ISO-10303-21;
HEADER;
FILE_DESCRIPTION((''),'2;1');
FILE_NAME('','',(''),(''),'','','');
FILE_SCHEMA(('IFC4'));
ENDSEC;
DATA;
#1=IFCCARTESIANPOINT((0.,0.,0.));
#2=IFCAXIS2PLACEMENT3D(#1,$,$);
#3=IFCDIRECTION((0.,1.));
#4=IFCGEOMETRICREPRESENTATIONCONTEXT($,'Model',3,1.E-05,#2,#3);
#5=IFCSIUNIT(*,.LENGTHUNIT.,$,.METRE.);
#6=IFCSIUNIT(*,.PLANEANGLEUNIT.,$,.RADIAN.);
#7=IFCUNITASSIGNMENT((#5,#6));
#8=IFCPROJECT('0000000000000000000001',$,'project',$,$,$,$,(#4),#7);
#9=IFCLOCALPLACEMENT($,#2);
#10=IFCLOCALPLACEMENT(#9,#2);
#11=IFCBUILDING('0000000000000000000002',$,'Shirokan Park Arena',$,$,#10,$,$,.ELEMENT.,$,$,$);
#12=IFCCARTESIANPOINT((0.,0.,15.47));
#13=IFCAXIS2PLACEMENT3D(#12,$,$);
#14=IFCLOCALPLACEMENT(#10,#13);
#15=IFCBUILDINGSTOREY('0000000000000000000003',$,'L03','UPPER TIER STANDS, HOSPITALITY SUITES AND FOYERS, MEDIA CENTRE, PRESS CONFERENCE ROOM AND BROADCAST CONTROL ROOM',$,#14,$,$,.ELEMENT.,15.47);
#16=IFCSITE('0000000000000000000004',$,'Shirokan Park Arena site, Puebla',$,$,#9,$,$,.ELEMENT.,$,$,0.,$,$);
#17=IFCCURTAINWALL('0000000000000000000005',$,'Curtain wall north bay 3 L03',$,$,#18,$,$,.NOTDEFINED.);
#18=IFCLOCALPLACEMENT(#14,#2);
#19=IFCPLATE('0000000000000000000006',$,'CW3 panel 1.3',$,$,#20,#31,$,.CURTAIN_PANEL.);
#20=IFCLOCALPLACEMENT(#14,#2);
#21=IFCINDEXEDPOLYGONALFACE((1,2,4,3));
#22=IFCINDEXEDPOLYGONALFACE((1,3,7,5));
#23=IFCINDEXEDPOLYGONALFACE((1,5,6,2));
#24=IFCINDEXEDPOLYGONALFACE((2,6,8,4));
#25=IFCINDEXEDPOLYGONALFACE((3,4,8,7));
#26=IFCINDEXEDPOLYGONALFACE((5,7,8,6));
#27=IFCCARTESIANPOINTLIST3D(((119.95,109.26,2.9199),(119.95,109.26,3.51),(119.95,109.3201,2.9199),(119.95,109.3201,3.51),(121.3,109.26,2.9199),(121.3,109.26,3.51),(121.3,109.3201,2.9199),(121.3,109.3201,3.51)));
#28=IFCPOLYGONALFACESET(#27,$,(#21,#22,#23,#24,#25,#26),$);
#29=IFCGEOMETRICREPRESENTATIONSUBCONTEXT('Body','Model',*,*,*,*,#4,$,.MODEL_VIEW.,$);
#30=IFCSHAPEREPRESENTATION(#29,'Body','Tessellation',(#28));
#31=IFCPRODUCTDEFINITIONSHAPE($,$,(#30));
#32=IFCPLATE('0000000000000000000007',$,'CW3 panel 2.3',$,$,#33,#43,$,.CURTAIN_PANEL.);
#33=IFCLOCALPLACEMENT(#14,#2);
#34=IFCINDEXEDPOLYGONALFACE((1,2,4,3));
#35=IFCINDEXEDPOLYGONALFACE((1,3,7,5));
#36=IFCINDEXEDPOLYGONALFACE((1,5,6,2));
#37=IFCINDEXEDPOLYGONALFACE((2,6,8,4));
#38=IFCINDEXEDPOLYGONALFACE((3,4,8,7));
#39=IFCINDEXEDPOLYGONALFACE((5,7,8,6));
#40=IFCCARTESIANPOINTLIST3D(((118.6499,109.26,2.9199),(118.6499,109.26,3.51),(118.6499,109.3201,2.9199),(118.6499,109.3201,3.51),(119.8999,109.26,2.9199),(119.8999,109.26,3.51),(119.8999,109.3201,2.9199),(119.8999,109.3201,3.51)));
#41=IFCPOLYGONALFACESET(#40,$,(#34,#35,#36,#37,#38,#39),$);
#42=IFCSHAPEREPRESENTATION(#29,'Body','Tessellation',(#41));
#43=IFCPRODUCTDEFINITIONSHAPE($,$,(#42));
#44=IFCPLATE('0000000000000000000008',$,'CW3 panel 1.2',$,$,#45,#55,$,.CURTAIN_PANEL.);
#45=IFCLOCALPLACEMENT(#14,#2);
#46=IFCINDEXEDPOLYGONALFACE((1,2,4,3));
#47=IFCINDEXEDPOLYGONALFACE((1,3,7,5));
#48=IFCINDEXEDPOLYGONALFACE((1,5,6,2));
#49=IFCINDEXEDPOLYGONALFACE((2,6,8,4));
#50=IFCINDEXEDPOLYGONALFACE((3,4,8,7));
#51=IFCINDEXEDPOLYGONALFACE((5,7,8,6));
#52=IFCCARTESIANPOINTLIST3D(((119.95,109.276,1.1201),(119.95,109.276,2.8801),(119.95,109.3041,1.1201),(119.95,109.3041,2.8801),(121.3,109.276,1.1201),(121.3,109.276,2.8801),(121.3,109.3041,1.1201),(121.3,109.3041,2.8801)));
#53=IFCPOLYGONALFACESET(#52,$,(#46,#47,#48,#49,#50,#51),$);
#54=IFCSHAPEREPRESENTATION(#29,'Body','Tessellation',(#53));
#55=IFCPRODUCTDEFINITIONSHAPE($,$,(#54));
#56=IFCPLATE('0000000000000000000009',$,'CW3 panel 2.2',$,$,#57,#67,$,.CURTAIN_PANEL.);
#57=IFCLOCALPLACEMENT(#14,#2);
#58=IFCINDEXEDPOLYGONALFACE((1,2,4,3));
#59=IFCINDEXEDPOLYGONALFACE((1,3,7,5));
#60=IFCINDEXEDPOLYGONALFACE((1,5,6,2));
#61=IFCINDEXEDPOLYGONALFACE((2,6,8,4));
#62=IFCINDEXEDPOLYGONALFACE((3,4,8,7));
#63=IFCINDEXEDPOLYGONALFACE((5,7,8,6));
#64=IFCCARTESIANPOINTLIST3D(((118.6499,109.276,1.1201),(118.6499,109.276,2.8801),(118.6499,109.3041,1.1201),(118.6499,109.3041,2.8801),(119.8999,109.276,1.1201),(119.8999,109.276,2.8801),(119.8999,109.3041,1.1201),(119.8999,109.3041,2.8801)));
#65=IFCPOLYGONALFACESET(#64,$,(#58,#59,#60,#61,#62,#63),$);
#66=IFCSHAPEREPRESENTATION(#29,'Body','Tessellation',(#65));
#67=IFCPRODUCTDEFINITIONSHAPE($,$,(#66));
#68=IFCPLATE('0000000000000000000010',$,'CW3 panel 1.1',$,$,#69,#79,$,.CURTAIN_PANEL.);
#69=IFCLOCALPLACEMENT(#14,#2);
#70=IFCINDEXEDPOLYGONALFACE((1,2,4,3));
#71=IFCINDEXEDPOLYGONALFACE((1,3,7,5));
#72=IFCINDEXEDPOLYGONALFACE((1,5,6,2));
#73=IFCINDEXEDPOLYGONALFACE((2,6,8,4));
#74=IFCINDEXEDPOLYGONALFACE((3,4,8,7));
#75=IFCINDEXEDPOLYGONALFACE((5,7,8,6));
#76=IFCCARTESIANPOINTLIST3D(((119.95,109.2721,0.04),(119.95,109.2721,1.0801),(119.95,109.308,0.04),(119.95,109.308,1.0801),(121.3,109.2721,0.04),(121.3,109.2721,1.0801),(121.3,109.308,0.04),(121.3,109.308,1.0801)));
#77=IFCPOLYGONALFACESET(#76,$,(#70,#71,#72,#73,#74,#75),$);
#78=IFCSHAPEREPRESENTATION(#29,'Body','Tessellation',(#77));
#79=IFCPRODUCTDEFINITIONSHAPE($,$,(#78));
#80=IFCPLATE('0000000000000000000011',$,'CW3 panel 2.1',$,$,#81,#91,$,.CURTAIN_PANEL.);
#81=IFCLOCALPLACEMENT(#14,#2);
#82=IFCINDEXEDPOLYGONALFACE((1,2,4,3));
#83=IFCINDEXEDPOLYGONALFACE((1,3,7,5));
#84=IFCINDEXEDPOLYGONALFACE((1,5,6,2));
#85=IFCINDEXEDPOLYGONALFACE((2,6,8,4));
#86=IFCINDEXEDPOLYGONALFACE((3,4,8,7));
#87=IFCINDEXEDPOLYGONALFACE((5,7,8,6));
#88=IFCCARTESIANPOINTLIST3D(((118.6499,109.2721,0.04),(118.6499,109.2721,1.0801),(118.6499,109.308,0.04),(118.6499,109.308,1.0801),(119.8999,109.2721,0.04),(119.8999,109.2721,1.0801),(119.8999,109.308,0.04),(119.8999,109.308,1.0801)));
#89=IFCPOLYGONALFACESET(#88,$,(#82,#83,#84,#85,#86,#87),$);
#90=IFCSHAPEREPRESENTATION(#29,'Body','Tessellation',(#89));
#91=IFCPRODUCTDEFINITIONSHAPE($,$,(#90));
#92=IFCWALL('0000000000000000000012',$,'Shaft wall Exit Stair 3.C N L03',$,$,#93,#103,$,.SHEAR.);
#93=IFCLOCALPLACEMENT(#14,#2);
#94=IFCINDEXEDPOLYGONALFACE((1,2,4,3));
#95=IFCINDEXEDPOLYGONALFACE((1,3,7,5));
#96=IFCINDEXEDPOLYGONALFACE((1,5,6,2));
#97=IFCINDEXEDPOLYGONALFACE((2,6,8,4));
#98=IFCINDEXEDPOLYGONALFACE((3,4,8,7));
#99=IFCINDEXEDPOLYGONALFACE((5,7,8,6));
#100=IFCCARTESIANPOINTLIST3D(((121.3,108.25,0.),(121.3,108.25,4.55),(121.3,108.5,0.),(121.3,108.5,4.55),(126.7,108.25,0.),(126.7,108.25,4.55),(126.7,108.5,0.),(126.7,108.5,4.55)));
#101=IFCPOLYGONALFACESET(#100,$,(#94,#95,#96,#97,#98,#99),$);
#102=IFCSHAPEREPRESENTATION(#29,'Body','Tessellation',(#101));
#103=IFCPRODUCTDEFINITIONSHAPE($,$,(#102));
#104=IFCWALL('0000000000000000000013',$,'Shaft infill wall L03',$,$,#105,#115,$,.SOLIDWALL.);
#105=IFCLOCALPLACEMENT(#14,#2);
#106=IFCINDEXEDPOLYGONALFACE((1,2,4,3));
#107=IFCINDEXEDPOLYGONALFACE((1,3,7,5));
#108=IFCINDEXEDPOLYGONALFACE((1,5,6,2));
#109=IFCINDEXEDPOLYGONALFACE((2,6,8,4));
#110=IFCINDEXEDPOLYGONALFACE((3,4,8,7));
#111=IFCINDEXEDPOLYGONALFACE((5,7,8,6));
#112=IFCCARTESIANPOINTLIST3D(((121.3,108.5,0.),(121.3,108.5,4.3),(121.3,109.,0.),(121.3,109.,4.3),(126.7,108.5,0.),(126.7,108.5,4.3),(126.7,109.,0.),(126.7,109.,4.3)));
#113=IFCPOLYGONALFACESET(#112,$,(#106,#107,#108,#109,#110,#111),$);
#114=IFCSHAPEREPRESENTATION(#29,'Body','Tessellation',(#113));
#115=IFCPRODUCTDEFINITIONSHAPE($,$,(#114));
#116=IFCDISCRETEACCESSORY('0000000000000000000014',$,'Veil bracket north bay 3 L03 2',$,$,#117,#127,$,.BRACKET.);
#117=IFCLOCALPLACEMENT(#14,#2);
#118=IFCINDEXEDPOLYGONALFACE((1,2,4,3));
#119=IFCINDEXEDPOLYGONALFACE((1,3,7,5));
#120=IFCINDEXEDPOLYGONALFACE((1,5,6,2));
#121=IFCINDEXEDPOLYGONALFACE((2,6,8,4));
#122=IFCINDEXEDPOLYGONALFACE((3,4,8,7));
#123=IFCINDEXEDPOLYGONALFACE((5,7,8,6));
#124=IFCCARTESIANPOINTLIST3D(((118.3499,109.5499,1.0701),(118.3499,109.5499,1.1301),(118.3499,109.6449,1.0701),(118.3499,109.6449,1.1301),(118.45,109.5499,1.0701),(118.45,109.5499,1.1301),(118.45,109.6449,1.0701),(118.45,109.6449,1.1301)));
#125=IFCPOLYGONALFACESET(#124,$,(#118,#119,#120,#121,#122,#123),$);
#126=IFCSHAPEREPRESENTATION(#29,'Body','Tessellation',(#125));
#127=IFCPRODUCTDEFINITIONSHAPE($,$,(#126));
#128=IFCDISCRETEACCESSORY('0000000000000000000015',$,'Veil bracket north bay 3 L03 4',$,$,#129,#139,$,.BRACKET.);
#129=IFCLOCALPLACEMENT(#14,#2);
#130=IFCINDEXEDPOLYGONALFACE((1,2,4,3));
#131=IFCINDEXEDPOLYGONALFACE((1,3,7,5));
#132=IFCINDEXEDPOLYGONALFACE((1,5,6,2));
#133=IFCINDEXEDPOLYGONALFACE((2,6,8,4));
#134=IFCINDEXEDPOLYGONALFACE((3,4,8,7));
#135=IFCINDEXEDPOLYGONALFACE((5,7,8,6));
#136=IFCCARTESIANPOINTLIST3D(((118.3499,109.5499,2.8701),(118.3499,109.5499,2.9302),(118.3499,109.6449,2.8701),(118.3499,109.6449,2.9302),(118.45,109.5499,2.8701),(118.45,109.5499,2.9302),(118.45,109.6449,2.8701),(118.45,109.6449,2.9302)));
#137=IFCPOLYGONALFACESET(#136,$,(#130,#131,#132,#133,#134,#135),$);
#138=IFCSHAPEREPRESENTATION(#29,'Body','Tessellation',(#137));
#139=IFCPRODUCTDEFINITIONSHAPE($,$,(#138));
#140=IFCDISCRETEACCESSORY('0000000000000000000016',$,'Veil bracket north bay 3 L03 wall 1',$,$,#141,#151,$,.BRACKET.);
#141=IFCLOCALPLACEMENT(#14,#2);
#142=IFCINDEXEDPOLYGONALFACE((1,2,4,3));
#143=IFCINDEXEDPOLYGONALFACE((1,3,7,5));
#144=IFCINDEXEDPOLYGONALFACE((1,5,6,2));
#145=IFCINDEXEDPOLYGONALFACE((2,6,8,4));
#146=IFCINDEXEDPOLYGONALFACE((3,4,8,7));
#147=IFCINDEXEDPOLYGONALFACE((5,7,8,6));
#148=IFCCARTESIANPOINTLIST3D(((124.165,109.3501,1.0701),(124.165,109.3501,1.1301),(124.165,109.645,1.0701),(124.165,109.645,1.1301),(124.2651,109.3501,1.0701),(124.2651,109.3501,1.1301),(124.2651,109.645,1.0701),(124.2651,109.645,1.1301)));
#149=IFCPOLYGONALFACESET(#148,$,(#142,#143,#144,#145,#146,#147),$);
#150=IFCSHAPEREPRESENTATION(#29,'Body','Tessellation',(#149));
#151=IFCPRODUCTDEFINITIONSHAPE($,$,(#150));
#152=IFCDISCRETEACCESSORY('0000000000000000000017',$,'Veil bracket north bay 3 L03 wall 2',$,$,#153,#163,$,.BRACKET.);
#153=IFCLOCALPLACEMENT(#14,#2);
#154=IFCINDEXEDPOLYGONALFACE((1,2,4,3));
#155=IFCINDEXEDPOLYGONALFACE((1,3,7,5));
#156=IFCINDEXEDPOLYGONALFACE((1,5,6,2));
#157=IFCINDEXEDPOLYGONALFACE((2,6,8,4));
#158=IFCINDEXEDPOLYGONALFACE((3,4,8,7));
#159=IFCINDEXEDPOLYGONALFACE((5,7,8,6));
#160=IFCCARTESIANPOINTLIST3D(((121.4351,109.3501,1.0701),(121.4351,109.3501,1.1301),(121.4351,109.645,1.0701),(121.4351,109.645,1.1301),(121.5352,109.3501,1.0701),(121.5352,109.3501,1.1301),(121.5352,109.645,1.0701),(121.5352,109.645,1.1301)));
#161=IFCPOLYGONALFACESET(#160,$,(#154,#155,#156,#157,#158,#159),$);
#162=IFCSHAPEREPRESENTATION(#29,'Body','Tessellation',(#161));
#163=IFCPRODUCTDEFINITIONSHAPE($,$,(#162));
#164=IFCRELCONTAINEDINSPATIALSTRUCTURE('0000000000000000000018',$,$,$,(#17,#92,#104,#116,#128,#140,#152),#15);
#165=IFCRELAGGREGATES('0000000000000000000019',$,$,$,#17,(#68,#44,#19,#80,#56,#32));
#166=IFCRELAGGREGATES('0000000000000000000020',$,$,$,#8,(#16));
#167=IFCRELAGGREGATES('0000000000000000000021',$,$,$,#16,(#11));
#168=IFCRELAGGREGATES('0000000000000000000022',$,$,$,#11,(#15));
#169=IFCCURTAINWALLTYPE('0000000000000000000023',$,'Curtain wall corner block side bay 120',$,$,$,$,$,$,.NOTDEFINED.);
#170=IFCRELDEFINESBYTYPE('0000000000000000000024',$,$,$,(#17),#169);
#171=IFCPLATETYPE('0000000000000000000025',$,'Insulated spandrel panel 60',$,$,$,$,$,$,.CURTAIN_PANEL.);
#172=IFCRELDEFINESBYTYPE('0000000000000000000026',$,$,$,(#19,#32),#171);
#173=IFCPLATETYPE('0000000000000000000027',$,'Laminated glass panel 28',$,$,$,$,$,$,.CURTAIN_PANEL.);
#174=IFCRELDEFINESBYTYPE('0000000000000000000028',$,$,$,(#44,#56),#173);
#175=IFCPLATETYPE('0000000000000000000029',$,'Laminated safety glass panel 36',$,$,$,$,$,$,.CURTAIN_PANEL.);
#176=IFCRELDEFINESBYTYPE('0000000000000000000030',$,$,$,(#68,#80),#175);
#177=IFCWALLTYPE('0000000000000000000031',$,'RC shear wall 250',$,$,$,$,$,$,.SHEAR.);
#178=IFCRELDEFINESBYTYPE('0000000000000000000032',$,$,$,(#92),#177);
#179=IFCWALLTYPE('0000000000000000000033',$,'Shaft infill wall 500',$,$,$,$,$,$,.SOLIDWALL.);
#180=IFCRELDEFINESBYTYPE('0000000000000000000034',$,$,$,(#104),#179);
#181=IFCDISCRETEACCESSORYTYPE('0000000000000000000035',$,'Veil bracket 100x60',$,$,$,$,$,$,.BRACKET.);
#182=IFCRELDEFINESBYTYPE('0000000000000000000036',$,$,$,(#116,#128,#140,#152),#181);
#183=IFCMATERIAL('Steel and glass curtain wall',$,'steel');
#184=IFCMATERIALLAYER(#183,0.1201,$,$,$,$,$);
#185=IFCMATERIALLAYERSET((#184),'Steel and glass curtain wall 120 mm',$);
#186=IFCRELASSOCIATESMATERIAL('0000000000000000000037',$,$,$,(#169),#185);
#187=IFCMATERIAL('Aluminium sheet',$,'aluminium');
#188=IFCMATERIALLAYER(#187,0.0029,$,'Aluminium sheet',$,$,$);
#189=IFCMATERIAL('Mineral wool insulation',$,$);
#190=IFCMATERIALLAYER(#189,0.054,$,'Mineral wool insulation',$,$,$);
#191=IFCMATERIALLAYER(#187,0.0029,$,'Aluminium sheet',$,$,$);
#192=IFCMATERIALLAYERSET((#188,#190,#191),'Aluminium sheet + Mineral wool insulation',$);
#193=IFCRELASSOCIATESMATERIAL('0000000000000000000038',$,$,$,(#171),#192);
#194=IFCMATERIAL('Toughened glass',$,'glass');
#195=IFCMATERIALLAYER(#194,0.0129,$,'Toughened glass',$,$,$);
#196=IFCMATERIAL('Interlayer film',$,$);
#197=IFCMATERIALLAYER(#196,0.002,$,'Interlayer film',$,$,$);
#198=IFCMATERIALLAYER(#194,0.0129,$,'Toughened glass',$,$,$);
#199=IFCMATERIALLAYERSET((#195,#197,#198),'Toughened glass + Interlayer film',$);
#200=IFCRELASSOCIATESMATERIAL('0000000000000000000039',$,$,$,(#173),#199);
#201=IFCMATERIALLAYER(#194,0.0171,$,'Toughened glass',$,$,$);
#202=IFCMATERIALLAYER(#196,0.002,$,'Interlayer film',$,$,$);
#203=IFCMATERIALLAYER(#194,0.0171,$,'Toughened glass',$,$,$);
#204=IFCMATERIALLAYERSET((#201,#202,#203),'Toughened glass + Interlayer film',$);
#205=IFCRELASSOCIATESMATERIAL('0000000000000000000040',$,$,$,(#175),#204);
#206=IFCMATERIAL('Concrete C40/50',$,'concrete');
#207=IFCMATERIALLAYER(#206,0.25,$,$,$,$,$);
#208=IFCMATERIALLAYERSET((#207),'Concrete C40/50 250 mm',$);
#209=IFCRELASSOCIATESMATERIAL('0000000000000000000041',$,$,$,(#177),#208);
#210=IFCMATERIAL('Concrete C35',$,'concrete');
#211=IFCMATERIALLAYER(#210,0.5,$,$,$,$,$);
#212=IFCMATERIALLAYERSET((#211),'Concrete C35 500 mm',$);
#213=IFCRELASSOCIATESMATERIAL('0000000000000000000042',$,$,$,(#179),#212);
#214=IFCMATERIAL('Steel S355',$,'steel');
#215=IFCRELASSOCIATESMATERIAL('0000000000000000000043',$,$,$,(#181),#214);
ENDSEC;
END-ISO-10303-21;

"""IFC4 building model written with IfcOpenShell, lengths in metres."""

from ifc_helpers import new_model, si_unit, direction, frame, frame_2d, origin, origin_2d, place, context, subcontext, project, spatial, rectangle, extrude, material, layer, layer_set, type_object, element, aggregate, save


model = new_model("IFC4")

# Units and contexts
model_context = context("Model", 3, precision=1e-05, world=origin(), true_north=direction((0.0, 1.0)))
body_context = subcontext(model_context, "Body", "Model", "MODEL_VIEW")
ifc_project = project(units=[si_unit("LENGTHUNIT", "METRE"), si_unit("PLANEANGLEUNIT", "RADIAN")], contexts=[model_context])

# Site, building, storey
site_placement = place(None, origin())
site = spatial("IfcSite", under=ifc_project, at=site_placement, Name="Shirokan Park Arena site, Puebla", CompositionType="ELEMENT", RefElevation=0.0)
building_placement = place(site_placement, origin())
building = spatial("IfcBuilding", under=site, at=building_placement, Name="Shirokan Park Arena", CompositionType="ELEMENT")
storey_placement = place(building_placement, frame((0.0, 0.0, 15.47)))
storey = spatial("IfcBuildingStorey", under=building, at=storey_placement, Name="L03", Description="UPPER TIER STANDS, HOSPITALITY SUITES AND FOYERS, MEDIA CENTRE, PRESS CONFERENCE ROOM AND BROADCAST CONTROL ROOM", CompositionType="ELEMENT", Elevation=15.47)

# Curtain wall
ifc_material_1 = material(Name="Steel and glass curtain wall", Category="steel")
ifc_layer_1 = layer(ifc_material_1, 0.1201)
ifc_layer_set_1 = layer_set([ifc_layer_1], Name="Steel and glass curtain wall 120 mm")
curtain_wall_type = type_object("IfcCurtainWallType", Name="Curtain wall corner block side bay 120", PredefinedType="NOTDEFINED", material=ifc_layer_set_1)
curtain_wall_placement = place(storey_placement, origin())
curtain_wall = element("IfcCurtainWall", 1, at=curtain_wall_placement, inside=storey, type_object=curtain_wall_type, Name="Curtain wall north bay 3 L03", PredefinedType="NOTDEFINED")
ifc_material_2 = material(Name="Steel S355", Category="steel")

# Shared definitions
ifc_material_3 = material(Name="Concrete C35", Category="concrete")

# Plates
ifc_material_4 = material(Name="Aluminium sheet", Category="aluminium")
ifc_layer_2 = layer(ifc_material_4, 0.0029, Name="Aluminium sheet")
ifc_material_5 = material(Name="Mineral wool insulation")
ifc_layer_3 = layer(ifc_material_5, 0.054, Name="Mineral wool insulation")
ifc_layer_4 = layer(ifc_material_4, 0.0029, Name="Aluminium sheet")
ifc_layer_set_2 = layer_set([ifc_layer_2, ifc_layer_3, ifc_layer_4], Name="Aluminium sheet + Mineral wool insulation")
plate_type_1 = type_object("IfcPlateType", Name="Insulated spandrel panel 60", PredefinedType="CURTAIN_PANEL", material=ifc_layer_set_2)
plate_1_placement = place(storey_placement, frame((120.625, 109.29, 2.9199), z_axis=(0.0, 0.0, 1.0), x_axis=(-1.0, 0.0, 0.0)))
plate_1 = element("IfcPlate", 2, at=plate_1_placement, type_object=plate_type_1, Name="CW3 panel 1.3", PredefinedType="CURTAIN_PANEL", context=body_context, shape_type="SweptSolid", body=[
    extrude(rectangle(XDim=1.3501, YDim=0.0601, at=origin_2d()), origin(), (0.0, 0.0, 1.0), 0.5901),
])
plate_2_placement = place(storey_placement, frame((119.2749, 109.29, 2.9199), z_axis=(0.0, 0.0, 1.0), x_axis=(-1.0, 0.0, 0.0)))
plate_2 = element("IfcPlate", 3, at=plate_2_placement, type_object=plate_type_1, Name="CW3 panel 2.3", PredefinedType="CURTAIN_PANEL", context=body_context, shape_type="SweptSolid", body=[
    extrude(rectangle(XDim=1.25, YDim=0.0601, at=origin_2d()), origin(), (0.0, 0.0, 1.0), 0.5901),
])
ifc_material_6 = material(Name="Toughened glass", Category="glass")
ifc_layer_5 = layer(ifc_material_6, 0.0129, Name="Toughened glass")
ifc_material_7 = material(Name="Interlayer film")
ifc_layer_6 = layer(ifc_material_7, 0.002, Name="Interlayer film")
ifc_layer_7 = layer(ifc_material_6, 0.0129, Name="Toughened glass")
ifc_layer_set_3 = layer_set([ifc_layer_5, ifc_layer_6, ifc_layer_7], Name="Toughened glass + Interlayer film")
plate_type_2 = type_object("IfcPlateType", Name="Laminated glass panel 28", PredefinedType="CURTAIN_PANEL", material=ifc_layer_set_3)
plate_3_placement = place(storey_placement, frame((120.625, 109.29, 1.1201), z_axis=(0.0, 0.0, 1.0), x_axis=(-1.0, 0.0, 0.0)))
plate_3 = element("IfcPlate", 4, at=plate_3_placement, type_object=plate_type_2, Name="CW3 panel 1.2", PredefinedType="CURTAIN_PANEL", context=body_context, shape_type="SweptSolid", body=[
    extrude(rectangle(XDim=1.3501, YDim=0.0281, at=origin_2d()), origin(), (0.0, 0.0, 1.0), 1.76),
])
plate_4_placement = place(storey_placement, frame((119.2749, 109.29, 1.1201), z_axis=(0.0, 0.0, 1.0), x_axis=(-1.0, 0.0, 0.0)))
plate_4 = element("IfcPlate", 5, at=plate_4_placement, type_object=plate_type_2, Name="CW3 panel 2.2", PredefinedType="CURTAIN_PANEL", context=body_context, shape_type="SweptSolid", body=[
    extrude(rectangle(XDim=1.25, YDim=0.0281, at=origin_2d()), origin(), (0.0, 0.0, 1.0), 1.76),
])
ifc_layer_8 = layer(ifc_material_6, 0.0171, Name="Toughened glass")
ifc_layer_9 = layer(ifc_material_7, 0.002, Name="Interlayer film")
ifc_layer_10 = layer(ifc_material_6, 0.0171, Name="Toughened glass")
ifc_layer_set_4 = layer_set([ifc_layer_8, ifc_layer_9, ifc_layer_10], Name="Toughened glass + Interlayer film")
plate_type_3 = type_object("IfcPlateType", Name="Laminated safety glass panel 36", PredefinedType="CURTAIN_PANEL", material=ifc_layer_set_4)
plate_5_placement = place(storey_placement, frame((120.625, 109.29, 0.04), z_axis=(0.0, 0.0, 1.0), x_axis=(-1.0, 0.0, 0.0)))
plate_5 = element("IfcPlate", 6, at=plate_5_placement, type_object=plate_type_3, Name="CW3 panel 1.1", PredefinedType="CURTAIN_PANEL", context=body_context, shape_type="SweptSolid", body=[
    extrude(rectangle(XDim=1.3501, YDim=0.0359, at=origin_2d()), origin(), (0.0, 0.0, 1.0), 1.04),
])
plate_6_placement = place(storey_placement, frame((119.2749, 109.29, 0.04), z_axis=(0.0, 0.0, 1.0), x_axis=(-1.0, 0.0, 0.0)))
plate_6 = element("IfcPlate", 7, at=plate_6_placement, type_object=plate_type_3, Name="CW3 panel 2.1", PredefinedType="CURTAIN_PANEL", context=body_context, shape_type="SweptSolid", body=[
    extrude(rectangle(XDim=1.25, YDim=0.0359, at=origin_2d()), origin(), (0.0, 0.0, 1.0), 1.04),
])
aggregate(curtain_wall, [plate_5, plate_3, plate_1, plate_6, plate_4, plate_2])

# Walls
ifc_material_8 = material(Name="Concrete C40/50", Category="concrete")
ifc_layer_11 = layer(ifc_material_8, 0.25)
ifc_layer_set_5 = layer_set([ifc_layer_11], Name="Concrete C40/50 250 mm")
wall_type_1 = type_object("IfcWallType", Name="RC shear wall 250", PredefinedType="SHEAR", material=ifc_layer_set_5)
wall_1_placement = place(storey_placement, frame((126.7, 108.375, 0.0), z_axis=(0.0, 0.0, 1.0), x_axis=(-1.0, 0.0, 0.0)))
element("IfcWall", 8, at=wall_1_placement, inside=storey, type_object=wall_type_1, Name="Shaft wall Exit Stair 3.C N L03", PredefinedType="SHEAR", context=body_context, shape_type="SweptSolid", body=[
    extrude(rectangle(XDim=5.3999, YDim=0.25, at=frame_2d((2.7, 0.0))), origin(), (0.0, 0.0, 1.0), 4.55),
])
ifc_layer_12 = layer(ifc_material_3, 0.5)
ifc_layer_set_6 = layer_set([ifc_layer_12], Name="Concrete C35 500 mm")
wall_type_2 = type_object("IfcWallType", Name="Shaft infill wall 500", PredefinedType="SOLIDWALL", material=ifc_layer_set_6)
wall_2_placement = place(storey_placement, frame((121.3, 108.75, 0.0), z_axis=(0.0, 0.0, 1.0), x_axis=(1.0, 0.0, 0.0)))
element("IfcWall", 9, at=wall_2_placement, inside=storey, type_object=wall_type_2, Name="Shaft infill wall L03", PredefinedType="SOLIDWALL", context=body_context, shape_type="SweptSolid", body=[
    extrude(rectangle(XDim=5.3999, YDim=0.5, at=frame_2d((2.7, 0.0))), origin(), (0.0, 0.0, 1.0), 4.3),
])

# Discrete accessories
discrete_accessory_type = type_object("IfcDiscreteAccessoryType", Name="Veil bracket 100x60", PredefinedType="BRACKET", material=ifc_material_2)
for number, where, z_axis, x_axis, name in (
    (10, (118.3999, 109.5974, 1.0701), (0.0, 0.0, 1.0), (-1.0, 0.0, 0.0), "Veil bracket north bay 3 L03 2"),
    (11, (118.3999, 109.5974, 2.8701), (0.0, 0.0, 1.0), (-1.0, 0.0, 0.0), "Veil bracket north bay 3 L03 4"),
):
    element("IfcDiscreteAccessory", number, at=place(storey_placement, frame(where, z_axis=z_axis, x_axis=x_axis)), inside=storey, type_object=discrete_accessory_type, Name=name, PredefinedType="BRACKET", context=body_context, shape_type="SweptSolid", body=[
        extrude(rectangle(XDim=0.1001, YDim=0.095, at=origin_2d()), origin(), (0.0, 0.0, 1.0), 0.0601),
    ])
for number, where, z_axis, x_axis, name in (
    (12, (124.2151, 109.4976, 1.0701), (0.0, 0.0, 1.0), (-1.0, 0.0, 0.0), "Veil bracket north bay 3 L03 wall 1"),
    (13, (121.4851, 109.4976, 1.0701), (0.0, 0.0, 1.0), (-1.0, 0.0, 0.0), "Veil bracket north bay 3 L03 wall 2"),
):
    element("IfcDiscreteAccessory", number, at=place(storey_placement, frame(where, z_axis=z_axis, x_axis=x_axis)), inside=storey, type_object=discrete_accessory_type, Name=name, PredefinedType="BRACKET", context=body_context, shape_type="SweptSolid", body=[
        extrude(rectangle(XDim=0.1001, YDim=0.2949, at=origin_2d()), origin(), (0.0, 0.0, 1.0), 0.0601),
    ])

save(model, "model.ifc")
